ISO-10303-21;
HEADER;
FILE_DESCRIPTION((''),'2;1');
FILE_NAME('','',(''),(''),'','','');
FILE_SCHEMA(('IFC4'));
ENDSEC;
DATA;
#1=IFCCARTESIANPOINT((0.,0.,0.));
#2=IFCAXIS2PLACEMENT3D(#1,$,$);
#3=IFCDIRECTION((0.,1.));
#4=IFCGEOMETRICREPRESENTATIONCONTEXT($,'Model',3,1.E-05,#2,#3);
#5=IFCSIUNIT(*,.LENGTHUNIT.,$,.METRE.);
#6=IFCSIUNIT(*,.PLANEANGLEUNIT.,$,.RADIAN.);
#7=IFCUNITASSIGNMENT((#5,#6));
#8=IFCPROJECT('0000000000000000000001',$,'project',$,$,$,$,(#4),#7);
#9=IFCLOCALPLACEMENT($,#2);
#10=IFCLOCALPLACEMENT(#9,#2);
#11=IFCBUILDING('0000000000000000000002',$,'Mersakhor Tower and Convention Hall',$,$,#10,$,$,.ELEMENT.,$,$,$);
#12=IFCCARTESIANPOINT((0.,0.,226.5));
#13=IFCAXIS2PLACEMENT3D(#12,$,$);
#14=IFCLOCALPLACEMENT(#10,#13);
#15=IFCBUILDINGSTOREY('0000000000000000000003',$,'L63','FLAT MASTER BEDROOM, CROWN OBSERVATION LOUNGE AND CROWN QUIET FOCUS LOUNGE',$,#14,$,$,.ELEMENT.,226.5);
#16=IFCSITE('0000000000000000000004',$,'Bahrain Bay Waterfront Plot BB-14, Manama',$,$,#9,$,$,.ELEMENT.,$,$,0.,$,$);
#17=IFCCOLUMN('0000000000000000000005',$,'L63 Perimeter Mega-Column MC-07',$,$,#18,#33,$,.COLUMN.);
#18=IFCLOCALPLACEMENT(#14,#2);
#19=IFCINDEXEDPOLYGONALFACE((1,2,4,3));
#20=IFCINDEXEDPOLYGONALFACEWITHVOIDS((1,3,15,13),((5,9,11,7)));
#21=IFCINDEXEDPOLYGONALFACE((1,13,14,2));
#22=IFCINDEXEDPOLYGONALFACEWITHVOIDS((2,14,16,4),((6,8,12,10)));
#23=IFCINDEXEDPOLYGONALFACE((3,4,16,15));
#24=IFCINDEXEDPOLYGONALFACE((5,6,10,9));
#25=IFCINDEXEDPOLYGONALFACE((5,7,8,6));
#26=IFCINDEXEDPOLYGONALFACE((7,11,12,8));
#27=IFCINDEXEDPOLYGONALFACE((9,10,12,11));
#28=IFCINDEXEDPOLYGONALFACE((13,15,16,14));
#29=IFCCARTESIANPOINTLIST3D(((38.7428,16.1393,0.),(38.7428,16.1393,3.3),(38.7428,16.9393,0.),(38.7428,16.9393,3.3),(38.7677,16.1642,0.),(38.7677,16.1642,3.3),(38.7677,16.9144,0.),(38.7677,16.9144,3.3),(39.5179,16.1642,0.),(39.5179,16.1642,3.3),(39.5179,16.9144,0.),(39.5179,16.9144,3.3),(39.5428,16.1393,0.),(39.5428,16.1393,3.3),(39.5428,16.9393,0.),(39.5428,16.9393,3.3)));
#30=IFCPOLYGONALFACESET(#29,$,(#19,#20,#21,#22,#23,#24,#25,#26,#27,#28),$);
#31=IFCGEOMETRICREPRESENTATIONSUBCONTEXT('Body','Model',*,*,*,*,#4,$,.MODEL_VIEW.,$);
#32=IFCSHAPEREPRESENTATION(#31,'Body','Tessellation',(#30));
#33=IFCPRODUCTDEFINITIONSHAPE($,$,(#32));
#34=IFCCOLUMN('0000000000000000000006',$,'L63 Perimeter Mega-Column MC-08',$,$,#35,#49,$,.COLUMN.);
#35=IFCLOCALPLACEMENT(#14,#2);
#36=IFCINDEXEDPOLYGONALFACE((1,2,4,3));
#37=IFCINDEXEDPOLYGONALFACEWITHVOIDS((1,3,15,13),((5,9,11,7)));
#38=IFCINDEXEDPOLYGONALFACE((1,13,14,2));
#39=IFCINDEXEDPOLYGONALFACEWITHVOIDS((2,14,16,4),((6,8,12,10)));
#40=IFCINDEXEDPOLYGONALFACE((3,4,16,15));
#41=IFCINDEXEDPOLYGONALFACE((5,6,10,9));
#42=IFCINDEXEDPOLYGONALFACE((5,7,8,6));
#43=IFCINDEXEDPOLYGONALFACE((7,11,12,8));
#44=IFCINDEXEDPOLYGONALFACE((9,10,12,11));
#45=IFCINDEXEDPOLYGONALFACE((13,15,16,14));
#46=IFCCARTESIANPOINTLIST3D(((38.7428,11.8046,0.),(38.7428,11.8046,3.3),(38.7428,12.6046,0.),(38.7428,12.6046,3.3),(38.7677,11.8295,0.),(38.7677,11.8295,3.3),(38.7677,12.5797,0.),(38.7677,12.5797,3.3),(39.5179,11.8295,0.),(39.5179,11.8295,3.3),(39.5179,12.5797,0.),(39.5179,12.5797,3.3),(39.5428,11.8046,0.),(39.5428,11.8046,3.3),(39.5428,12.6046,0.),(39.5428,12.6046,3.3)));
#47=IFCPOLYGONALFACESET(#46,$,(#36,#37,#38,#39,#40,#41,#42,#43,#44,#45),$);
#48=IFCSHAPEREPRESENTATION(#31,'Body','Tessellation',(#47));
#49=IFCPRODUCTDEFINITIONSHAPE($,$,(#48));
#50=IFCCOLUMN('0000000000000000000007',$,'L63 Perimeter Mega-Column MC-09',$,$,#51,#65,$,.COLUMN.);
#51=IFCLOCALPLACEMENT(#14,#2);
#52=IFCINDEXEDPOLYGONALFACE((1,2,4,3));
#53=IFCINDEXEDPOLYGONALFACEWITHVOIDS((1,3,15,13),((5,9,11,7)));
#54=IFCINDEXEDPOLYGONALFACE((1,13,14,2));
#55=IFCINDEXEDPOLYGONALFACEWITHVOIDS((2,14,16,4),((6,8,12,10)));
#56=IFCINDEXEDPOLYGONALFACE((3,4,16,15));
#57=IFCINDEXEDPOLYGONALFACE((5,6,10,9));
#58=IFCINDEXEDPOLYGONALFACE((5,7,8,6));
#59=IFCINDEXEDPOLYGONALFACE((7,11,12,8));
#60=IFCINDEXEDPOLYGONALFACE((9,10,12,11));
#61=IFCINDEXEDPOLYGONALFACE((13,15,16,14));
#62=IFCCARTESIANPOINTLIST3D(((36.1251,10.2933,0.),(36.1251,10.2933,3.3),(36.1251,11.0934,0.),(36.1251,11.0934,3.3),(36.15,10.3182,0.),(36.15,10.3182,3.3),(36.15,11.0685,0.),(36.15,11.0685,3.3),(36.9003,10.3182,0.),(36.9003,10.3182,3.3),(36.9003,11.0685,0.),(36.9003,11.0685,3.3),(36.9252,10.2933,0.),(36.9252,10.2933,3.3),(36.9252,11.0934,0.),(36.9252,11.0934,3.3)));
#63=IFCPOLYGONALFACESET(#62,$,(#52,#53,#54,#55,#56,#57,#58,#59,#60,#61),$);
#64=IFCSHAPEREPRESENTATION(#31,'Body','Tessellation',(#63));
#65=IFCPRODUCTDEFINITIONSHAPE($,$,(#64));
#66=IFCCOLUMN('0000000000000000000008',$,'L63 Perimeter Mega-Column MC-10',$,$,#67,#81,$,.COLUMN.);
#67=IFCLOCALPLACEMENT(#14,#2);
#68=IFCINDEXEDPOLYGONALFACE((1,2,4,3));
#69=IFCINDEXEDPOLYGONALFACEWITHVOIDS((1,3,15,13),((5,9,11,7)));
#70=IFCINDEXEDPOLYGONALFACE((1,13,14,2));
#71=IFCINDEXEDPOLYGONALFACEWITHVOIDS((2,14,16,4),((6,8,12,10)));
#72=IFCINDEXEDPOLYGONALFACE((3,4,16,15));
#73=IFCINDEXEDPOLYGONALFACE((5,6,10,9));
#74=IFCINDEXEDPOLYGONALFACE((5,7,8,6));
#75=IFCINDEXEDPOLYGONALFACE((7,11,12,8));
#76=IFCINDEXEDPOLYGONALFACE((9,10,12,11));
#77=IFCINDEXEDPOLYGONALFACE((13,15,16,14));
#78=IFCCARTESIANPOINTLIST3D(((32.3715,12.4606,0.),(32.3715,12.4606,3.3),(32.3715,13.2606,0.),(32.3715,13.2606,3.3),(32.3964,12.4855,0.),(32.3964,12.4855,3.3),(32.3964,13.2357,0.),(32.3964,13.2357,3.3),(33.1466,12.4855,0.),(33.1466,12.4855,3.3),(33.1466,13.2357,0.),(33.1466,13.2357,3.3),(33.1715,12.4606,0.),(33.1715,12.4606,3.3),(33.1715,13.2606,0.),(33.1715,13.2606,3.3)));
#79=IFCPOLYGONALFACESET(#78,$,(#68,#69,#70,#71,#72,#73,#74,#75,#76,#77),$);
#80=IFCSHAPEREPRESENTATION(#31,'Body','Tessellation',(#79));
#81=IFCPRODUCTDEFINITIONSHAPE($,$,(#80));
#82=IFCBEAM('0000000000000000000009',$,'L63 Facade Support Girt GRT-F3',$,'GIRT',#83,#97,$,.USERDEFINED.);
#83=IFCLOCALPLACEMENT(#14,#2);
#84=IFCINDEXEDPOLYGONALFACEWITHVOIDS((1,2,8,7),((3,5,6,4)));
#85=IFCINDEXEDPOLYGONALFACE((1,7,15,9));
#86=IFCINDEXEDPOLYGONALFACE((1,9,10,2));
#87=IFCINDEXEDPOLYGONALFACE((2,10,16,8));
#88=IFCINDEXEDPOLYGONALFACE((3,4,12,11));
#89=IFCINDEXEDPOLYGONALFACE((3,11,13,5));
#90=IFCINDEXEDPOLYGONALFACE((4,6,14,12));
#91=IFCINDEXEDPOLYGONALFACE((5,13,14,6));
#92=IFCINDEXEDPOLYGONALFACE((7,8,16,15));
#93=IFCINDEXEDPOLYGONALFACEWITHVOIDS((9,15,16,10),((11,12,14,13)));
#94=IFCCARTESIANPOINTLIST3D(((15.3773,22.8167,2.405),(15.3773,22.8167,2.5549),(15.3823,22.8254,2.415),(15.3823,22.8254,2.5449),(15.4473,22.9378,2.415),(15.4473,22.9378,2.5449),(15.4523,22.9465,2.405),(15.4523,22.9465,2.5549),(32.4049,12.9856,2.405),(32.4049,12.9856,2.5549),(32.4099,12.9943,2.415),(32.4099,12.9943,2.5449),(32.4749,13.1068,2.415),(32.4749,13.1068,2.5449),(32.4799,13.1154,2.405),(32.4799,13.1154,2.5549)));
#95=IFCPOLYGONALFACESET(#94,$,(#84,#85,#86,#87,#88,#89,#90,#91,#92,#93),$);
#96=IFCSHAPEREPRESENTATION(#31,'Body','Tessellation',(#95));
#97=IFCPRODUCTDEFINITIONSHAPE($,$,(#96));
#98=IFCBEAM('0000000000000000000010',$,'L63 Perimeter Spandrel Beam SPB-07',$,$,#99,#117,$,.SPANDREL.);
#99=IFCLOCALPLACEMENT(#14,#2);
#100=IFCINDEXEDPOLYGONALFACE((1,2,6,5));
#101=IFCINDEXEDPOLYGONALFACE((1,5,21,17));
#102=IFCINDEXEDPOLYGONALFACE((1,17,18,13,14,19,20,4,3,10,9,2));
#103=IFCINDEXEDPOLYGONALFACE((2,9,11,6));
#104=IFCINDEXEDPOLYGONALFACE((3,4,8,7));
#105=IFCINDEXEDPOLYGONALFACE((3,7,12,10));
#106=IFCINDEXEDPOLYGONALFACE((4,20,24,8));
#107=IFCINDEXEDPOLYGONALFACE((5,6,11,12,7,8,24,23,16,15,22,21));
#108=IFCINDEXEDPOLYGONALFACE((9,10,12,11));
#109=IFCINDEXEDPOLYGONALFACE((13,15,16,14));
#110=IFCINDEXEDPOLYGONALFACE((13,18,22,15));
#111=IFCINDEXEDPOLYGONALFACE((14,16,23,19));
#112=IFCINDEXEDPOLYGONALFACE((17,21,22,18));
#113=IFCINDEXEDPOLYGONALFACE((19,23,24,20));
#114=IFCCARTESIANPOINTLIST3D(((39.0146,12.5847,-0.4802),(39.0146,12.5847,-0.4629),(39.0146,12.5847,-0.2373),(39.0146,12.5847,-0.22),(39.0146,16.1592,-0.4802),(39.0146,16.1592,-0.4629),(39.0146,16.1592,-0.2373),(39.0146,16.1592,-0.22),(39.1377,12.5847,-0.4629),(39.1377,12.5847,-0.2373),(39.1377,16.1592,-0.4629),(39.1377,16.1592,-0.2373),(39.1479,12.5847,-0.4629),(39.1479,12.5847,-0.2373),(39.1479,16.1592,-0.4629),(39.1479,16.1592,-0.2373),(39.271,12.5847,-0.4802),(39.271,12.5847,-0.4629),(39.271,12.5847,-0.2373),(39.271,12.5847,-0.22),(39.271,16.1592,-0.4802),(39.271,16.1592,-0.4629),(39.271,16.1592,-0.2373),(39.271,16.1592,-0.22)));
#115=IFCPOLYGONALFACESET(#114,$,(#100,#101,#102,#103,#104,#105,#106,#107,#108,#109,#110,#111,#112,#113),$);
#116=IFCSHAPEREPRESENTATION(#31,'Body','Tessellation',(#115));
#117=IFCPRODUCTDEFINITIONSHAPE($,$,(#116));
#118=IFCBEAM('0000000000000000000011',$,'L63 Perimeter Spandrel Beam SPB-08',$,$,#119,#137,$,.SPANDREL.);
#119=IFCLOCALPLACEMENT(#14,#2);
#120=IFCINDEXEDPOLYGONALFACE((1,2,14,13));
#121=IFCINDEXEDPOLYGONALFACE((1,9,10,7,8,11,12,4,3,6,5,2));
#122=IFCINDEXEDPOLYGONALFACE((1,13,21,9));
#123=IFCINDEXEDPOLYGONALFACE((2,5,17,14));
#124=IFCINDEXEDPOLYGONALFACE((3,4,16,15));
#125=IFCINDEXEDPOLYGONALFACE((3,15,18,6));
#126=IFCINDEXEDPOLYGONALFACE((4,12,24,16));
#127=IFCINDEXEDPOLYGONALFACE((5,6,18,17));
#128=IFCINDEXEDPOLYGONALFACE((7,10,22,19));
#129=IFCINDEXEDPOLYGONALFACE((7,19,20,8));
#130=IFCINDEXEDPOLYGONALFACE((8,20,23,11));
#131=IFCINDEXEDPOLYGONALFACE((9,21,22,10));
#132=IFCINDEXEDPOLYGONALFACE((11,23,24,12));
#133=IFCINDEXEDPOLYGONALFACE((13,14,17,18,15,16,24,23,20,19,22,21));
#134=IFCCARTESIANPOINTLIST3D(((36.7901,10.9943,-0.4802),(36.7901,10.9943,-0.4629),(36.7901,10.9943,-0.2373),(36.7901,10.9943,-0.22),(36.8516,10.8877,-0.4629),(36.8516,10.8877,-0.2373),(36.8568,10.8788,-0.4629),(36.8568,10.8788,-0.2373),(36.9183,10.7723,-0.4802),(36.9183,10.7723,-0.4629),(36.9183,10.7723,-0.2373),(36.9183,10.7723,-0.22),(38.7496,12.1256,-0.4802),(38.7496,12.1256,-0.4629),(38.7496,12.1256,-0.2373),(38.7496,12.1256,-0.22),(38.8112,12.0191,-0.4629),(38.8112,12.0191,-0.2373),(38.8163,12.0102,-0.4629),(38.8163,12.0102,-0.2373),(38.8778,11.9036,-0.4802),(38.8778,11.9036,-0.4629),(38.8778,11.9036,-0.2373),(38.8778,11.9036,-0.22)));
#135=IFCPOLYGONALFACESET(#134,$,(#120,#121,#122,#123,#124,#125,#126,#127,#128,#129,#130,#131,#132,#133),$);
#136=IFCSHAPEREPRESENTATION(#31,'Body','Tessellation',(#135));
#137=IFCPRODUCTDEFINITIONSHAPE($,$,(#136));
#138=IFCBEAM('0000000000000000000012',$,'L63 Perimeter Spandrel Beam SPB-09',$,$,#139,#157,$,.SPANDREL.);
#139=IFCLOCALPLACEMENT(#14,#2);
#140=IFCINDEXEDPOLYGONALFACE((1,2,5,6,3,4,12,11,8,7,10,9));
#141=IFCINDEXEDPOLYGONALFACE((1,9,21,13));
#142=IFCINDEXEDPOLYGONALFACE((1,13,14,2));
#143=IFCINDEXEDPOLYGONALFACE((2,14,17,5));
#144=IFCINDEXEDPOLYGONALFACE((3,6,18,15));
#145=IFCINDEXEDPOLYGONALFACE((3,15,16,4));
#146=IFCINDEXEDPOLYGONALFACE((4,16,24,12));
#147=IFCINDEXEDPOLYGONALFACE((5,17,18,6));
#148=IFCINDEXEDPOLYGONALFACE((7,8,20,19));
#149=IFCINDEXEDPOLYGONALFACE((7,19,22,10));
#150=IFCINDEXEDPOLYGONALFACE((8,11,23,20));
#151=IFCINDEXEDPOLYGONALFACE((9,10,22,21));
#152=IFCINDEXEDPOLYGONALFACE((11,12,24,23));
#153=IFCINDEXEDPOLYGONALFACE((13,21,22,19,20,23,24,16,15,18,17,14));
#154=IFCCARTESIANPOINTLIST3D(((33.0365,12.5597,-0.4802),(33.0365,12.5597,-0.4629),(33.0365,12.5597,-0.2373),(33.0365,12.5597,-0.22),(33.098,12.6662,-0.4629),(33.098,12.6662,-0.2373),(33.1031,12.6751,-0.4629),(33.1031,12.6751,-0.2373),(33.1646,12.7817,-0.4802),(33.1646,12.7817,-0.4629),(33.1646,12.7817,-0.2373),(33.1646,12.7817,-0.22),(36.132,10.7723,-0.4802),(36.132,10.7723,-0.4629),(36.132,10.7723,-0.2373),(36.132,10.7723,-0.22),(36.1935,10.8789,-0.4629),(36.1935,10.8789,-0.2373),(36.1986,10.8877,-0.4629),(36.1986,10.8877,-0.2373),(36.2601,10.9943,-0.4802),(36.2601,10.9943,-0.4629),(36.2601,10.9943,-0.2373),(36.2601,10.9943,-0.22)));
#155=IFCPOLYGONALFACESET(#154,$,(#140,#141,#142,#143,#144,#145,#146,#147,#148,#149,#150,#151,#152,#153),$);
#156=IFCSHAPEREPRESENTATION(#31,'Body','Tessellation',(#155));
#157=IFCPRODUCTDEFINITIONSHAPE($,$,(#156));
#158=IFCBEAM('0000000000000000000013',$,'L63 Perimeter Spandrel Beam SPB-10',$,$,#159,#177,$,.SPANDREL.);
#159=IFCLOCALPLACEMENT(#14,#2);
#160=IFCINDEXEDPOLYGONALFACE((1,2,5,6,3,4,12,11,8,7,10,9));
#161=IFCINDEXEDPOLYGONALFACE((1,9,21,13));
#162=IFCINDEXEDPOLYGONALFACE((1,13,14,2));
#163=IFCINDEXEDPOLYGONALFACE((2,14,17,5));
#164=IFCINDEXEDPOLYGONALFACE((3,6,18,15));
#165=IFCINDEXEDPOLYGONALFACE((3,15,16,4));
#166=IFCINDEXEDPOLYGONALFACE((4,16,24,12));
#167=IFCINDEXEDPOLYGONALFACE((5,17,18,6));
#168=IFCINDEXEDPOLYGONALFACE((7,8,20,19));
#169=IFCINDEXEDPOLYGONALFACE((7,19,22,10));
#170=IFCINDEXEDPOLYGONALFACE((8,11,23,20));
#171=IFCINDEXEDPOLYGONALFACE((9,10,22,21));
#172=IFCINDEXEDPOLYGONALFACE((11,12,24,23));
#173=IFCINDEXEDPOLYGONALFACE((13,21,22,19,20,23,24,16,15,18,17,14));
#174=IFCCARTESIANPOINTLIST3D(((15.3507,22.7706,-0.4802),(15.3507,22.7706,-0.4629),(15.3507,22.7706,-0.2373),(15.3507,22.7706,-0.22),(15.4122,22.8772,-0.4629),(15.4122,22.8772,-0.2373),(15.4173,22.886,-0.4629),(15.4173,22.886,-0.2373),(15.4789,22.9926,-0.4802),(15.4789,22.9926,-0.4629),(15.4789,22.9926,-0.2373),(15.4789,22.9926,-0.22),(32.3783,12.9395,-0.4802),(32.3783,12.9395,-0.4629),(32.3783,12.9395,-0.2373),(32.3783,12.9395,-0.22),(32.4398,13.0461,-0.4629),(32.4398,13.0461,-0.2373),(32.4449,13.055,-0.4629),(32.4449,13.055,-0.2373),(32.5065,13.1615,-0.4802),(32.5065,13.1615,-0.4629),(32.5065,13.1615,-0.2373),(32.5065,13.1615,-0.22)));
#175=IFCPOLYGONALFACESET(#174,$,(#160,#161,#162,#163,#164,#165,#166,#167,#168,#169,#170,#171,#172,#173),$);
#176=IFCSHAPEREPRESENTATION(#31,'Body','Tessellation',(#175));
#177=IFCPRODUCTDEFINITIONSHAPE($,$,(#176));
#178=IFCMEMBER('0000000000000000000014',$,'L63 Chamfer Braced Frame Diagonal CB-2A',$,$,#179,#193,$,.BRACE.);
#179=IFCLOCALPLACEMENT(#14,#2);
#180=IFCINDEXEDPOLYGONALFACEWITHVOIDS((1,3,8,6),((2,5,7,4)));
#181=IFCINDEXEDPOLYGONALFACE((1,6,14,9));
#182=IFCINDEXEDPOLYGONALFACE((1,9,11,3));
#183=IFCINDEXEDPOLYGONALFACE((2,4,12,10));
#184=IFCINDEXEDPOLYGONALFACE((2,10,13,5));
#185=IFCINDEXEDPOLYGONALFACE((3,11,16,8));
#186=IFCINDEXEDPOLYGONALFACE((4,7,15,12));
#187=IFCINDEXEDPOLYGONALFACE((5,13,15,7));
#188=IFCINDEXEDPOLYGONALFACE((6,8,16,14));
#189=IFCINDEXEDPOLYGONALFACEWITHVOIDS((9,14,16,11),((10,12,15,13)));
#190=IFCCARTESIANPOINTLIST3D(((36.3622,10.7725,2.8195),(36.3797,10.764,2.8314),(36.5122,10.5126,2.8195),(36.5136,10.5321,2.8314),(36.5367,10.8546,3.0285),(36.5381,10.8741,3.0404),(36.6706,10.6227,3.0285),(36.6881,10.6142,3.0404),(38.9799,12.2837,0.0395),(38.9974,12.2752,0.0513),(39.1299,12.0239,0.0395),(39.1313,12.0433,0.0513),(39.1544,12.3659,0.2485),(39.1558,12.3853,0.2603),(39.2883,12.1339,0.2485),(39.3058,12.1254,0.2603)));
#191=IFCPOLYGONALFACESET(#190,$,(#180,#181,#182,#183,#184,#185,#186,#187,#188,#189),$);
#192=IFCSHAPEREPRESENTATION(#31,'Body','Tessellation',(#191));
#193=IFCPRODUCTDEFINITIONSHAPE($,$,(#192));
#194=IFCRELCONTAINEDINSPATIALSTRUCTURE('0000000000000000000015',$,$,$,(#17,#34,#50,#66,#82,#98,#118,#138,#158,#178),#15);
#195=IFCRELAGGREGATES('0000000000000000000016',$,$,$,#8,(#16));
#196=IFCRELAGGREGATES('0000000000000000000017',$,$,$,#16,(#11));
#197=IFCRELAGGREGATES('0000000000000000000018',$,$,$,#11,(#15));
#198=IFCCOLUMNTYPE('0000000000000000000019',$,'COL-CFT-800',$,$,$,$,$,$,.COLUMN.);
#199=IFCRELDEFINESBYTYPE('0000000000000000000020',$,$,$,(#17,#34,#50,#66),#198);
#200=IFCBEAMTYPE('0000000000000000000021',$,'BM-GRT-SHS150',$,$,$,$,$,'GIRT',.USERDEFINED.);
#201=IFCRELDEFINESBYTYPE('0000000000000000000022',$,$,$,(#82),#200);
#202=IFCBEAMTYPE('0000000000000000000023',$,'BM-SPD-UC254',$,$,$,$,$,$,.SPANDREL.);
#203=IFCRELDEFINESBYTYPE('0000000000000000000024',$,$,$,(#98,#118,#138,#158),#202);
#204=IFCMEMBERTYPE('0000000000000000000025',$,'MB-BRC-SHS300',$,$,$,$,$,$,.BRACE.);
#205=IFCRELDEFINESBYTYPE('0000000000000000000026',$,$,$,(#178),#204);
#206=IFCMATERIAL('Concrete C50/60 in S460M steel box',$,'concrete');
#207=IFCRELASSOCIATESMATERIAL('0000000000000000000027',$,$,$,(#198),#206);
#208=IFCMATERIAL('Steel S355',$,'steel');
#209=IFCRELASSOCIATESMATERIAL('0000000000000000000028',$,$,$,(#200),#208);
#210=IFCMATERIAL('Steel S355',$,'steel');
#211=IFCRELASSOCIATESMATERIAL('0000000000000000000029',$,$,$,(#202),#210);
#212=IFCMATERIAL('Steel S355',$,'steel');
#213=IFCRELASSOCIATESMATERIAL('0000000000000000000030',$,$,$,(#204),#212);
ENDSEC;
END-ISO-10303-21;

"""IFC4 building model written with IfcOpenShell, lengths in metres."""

from ifc_helpers import new_model, si_unit, direction, frame, origin, origin_2d, place, context, subcontext, project, spatial, hollow_rectangle, i_section, extrude, material, material_profile, profile_set, type_object, element, save


model = new_model("IFC4")

# Units and contexts
model_context = context("Model", 3, precision=1e-05, world=origin(), true_north=direction((0.0, 1.0)))
body_context = subcontext(model_context, "Body", "Model", "MODEL_VIEW")
ifc_project = project(units=[si_unit("LENGTHUNIT", "METRE"), si_unit("PLANEANGLEUNIT", "RADIAN")], contexts=[model_context])

# Site, building, storey
site_placement = place(None, origin())
site = spatial("IfcSite", under=ifc_project, at=site_placement, Name="Bahrain Bay Waterfront Plot BB-14, Manama", CompositionType="ELEMENT", RefElevation=0.0)
building_placement = place(site_placement, origin())
building = spatial("IfcBuilding", under=site, at=building_placement, Name="Mersakhor Tower and Convention Hall", CompositionType="ELEMENT")
storey_placement = place(building_placement, frame((0.0, 0.0, 226.5)))
storey = spatial("IfcBuildingStorey", under=building, at=storey_placement, Name="L63", Description="FLAT MASTER BEDROOM, CROWN OBSERVATION LOUNGE AND CROWN QUIET FOCUS LOUNGE", CompositionType="ELEMENT", Elevation=226.5)

# Columns
ifc_material_1 = material(Name="Concrete C50/60 in S460M steel box", Category="concrete")
ifc_material_profile_1 = material_profile(ifc_material_1, hollow_rectangle(XDim=0.8, YDim=0.8, WallThickness=0.0249, at=origin_2d()), Name="SHS 800x800x25")
ifc_profile_set_1 = profile_set([ifc_material_profile_1], Name="Concrete C50/60 in S460M steel box")
column_type = type_object("IfcColumnType", Name="COL-CFT-800", PredefinedType="COLUMN", material=ifc_profile_set_1)
for number, where, z_axis, x_axis, name in (
    (1, (39.1428, 16.5393, 0.0), (0.0, 0.0, 1.0), (1.0, 0.0, 0.0), "L63 Perimeter Mega-Column MC-07"),
    (2, (39.1428, 12.2046, 0.0), (0.0, 0.0, 1.0), (1.0, 0.0, 0.0), "L63 Perimeter Mega-Column MC-08"),
    (3, (36.5251, 10.6934, 0.0), (0.0, 0.0, 1.0), (1.0, 0.0, 0.0), "L63 Perimeter Mega-Column MC-09"),
    (4, (32.7715, 12.8606, 0.0), (0.0, 0.0, 1.0), (1.0, 0.0, 0.0), "L63 Perimeter Mega-Column MC-10"),
):
    element("IfcColumn", number, at=place(storey_placement, frame(where, z_axis=z_axis, x_axis=x_axis)), inside=storey, type_object=column_type, Name=name, PredefinedType="COLUMN", context=body_context, shape_type="SweptSolid", body=[
        extrude(hollow_rectangle(XDim=0.8, YDim=0.8, WallThickness=0.0249, at=origin_2d()), origin(), (0.0, 0.0, 1.0), 3.3),
    ])

# Beams
ifc_material_2 = material(Name="Steel S355", Category="steel")
ifc_material_profile_2 = material_profile(ifc_material_2, hollow_rectangle(XDim=0.1499, YDim=0.1499, WallThickness=0.01, at=origin_2d()), Name="SHS 150x150x10")
ifc_profile_set_2 = profile_set([ifc_material_profile_2], Name="Steel S355")
beam_type_1 = type_object("IfcBeamType", Name="BM-GRT-SHS150", ElementType="GIRT", PredefinedType="USERDEFINED", material=ifc_profile_set_2)
beam_1_placement = place(storey_placement, frame((32.4424, 13.0505, 2.48), z_axis=(-0.866022, 0.500007, 0.0), x_axis=(-0.500007, -0.866022, 0.0)))
element("IfcBeam", 5, at=beam_1_placement, inside=storey, type_object=beam_type_1, Name="L63 Facade Support Girt GRT-F3", ObjectType="GIRT", PredefinedType="USERDEFINED", context=body_context, shape_type="SweptSolid", body=[
    extrude(hollow_rectangle(XDim=0.1499, YDim=0.1499, WallThickness=0.01, at=origin_2d()), origin(), (0.0, 0.0, 1.0), 19.6619),
])
ifc_material_3 = material(Name="Steel S355", Category="steel")
ifc_material_profile_3 = material_profile(ifc_material_3, i_section(OverallWidth=0.2563, OverallDepth=0.2603, WebThickness=0.0103, FlangeThickness=0.0173, at=origin_2d()), Name="UC 254x254x89")
ifc_profile_set_3 = profile_set([ifc_material_profile_3], Name="Steel S355")
beam_type_2 = type_object("IfcBeamType", Name="BM-SPD-UC254", PredefinedType="SPANDREL", material=ifc_profile_set_3)
beam_2_placement = place(storey_placement, frame((39.1428, 16.1592, -0.3501), z_axis=(0.0, -1.0, 0.0), x_axis=(1.0, 0.0, 0.0)))
element("IfcBeam", 6, at=beam_2_placement, inside=storey, type_object=beam_type_2, Name="L63 Perimeter Spandrel Beam SPB-07", PredefinedType="SPANDREL", context=body_context, shape_type="SweptSolid", body=[
    extrude(i_section(OverallWidth=0.2563, OverallDepth=0.2603, WebThickness=0.0103, FlangeThickness=0.0173, at=origin_2d()), origin(), (0.0, 0.0, 1.0), 3.5745),
])
beam_3_placement = place(storey_placement, frame((38.8137, 12.0146, -0.3501), z_axis=(-0.866017, -0.500015, 0.0), x_axis=(0.500015, -0.866017, 0.0)))
element("IfcBeam", 7, at=beam_3_placement, inside=storey, type_object=beam_type_2, Name="L63 Perimeter Spandrel Beam SPB-08", PredefinedType="SPANDREL", context=body_context, shape_type="SweptSolid", body=[
    extrude(i_section(OverallWidth=0.2563, OverallDepth=0.2603, WebThickness=0.0103, FlangeThickness=0.0173, at=origin_2d()), origin(), (0.0, 0.0, 1.0), 2.2627),
])
beam_4_placement = place(storey_placement, frame((36.196, 10.8833, -0.3501), z_axis=(-0.866002, 0.50004, 0.0), x_axis=(-0.50004, -0.866002, 0.0)))
element("IfcBeam", 8, at=beam_4_placement, inside=storey, type_object=beam_type_2, Name="L63 Perimeter Spandrel Beam SPB-09", PredefinedType="SPANDREL", context=body_context, shape_type="SweptSolid", body=[
    extrude(i_section(OverallWidth=0.2563, OverallDepth=0.2603, WebThickness=0.0103, FlangeThickness=0.0173, at=origin_2d()), origin(), (0.0, 0.0, 1.0), 3.5745),
])
beam_5_placement = place(storey_placement, frame((32.4424, 13.0505, -0.3501), z_axis=(-0.866022, 0.500007, 0.0), x_axis=(-0.500007, -0.866022, 0.0)))
element("IfcBeam", 9, at=beam_5_placement, inside=storey, type_object=beam_type_2, Name="L63 Perimeter Spandrel Beam SPB-10", PredefinedType="SPANDREL", context=body_context, shape_type="SweptSolid", body=[
    extrude(i_section(OverallWidth=0.2563, OverallDepth=0.2603, WebThickness=0.0103, FlangeThickness=0.0173, at=origin_2d()), origin(), (0.0, 0.0, 1.0), 19.6619),
])

# Member
ifc_material_4 = material(Name="Steel S355", Category="steel")
ifc_material_profile_4 = material_profile(ifc_material_4, hollow_rectangle(XDim=0.3, YDim=0.3, WallThickness=0.0161, at=origin_2d()), Name="SHS 300x300x16")
ifc_profile_set_4 = profile_set([ifc_material_profile_4], Name="Steel S355")
member_type = type_object("IfcMemberType", Name="MB-BRC-SHS300", PredefinedType="BRACE", material=ifc_profile_set_4)
member_placement = place(storey_placement, frame((39.1428, 12.2046, 0.1499), z_axis=(-0.637423, -0.367996, 0.676957), x_axis=(0.499979, -0.866038, 0.0)))
element("IfcMember", 10, at=member_placement, inside=storey, type_object=member_type, Name="L63 Chamfer Braced Frame Diagonal CB-2A", PredefinedType="BRACE", context=body_context, shape_type="SweptSolid", body=[
    extrude(hollow_rectangle(XDim=0.3, YDim=0.3, WallThickness=0.0161, at=origin_2d()), origin(), (0.0, 0.0, 1.0), 4.1067),
])

save(model, "model.ifc")
